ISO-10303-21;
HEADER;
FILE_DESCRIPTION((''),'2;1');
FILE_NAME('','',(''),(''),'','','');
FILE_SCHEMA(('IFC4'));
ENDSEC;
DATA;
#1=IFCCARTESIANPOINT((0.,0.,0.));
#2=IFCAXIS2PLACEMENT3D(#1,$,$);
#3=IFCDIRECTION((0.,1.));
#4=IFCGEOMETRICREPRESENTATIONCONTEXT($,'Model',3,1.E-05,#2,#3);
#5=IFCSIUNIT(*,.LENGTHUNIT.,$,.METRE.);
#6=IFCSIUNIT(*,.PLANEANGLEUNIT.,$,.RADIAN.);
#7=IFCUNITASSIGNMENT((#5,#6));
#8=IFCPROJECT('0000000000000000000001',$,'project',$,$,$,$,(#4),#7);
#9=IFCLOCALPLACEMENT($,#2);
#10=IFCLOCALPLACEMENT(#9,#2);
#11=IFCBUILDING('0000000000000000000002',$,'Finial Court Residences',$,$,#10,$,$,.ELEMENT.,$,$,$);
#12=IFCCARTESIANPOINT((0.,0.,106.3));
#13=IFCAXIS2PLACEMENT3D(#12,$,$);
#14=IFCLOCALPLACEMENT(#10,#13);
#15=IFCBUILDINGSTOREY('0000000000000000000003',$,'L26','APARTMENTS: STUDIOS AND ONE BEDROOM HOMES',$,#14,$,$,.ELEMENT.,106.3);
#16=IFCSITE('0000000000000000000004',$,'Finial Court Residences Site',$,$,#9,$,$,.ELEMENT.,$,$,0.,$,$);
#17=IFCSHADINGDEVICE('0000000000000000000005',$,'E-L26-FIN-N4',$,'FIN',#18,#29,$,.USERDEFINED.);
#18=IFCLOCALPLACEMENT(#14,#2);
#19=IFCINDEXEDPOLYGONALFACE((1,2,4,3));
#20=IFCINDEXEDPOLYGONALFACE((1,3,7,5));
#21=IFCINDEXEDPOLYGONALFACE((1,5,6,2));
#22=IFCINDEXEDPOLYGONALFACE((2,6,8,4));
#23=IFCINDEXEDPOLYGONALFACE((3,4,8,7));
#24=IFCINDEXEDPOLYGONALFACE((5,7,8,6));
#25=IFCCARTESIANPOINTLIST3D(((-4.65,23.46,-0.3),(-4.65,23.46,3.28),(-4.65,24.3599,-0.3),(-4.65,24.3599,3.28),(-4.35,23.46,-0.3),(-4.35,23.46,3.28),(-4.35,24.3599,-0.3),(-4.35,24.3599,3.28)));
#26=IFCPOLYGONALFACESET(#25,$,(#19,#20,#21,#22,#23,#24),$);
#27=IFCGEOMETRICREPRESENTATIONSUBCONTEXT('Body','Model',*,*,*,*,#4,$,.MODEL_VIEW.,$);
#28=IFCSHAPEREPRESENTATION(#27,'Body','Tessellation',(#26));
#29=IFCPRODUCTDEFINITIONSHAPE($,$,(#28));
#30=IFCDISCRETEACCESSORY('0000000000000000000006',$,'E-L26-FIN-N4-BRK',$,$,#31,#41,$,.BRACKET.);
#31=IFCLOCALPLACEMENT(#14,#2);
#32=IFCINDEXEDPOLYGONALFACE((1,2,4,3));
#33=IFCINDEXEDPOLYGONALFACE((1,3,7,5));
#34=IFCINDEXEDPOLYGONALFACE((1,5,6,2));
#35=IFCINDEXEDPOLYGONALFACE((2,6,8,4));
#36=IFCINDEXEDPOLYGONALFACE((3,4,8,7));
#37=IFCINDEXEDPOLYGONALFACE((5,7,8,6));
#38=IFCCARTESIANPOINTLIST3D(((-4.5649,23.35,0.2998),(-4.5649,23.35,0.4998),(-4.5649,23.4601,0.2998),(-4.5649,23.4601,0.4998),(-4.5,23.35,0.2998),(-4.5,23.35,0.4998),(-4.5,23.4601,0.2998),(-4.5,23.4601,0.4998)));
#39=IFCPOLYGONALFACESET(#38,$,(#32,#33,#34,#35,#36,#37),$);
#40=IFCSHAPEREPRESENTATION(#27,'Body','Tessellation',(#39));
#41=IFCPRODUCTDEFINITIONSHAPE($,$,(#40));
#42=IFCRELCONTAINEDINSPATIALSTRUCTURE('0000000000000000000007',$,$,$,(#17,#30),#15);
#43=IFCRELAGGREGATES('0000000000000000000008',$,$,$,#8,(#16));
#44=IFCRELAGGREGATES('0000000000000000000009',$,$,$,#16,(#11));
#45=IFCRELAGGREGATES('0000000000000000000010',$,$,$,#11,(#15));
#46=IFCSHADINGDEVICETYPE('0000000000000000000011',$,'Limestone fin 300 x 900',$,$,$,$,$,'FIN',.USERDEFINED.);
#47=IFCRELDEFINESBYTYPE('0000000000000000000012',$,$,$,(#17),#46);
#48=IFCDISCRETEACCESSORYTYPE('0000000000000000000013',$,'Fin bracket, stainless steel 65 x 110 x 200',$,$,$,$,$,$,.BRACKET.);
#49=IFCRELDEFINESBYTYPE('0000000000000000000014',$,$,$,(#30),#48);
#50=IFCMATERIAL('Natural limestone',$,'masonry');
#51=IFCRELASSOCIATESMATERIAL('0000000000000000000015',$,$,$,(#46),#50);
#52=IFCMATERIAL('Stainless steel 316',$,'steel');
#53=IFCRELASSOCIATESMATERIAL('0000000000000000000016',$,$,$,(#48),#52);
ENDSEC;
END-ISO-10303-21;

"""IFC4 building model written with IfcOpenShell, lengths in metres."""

from ifc_helpers import new_model, si_unit, direction, frame, origin, origin_2d, place, context, subcontext, project, spatial, rectangle, extrude, material, type_object, element, save


model = new_model("IFC4")

# Units and contexts
model_context = context("Model", 3, precision=1e-05, world=origin(), true_north=direction((0.0, 1.0)))
body_context = subcontext(model_context, "Body", "Model", "MODEL_VIEW")
ifc_project = project(units=[si_unit("LENGTHUNIT", "METRE"), si_unit("PLANEANGLEUNIT", "RADIAN")], contexts=[model_context])

# Site, building, storey
site_placement = place(None, origin())
site = spatial("IfcSite", under=ifc_project, at=site_placement, Name="Finial Court Residences Site", CompositionType="ELEMENT", RefElevation=0.0)
building_placement = place(site_placement, origin())
building = spatial("IfcBuilding", under=site, at=building_placement, Name="Finial Court Residences", CompositionType="ELEMENT")
storey_placement = place(building_placement, frame((0.0, 0.0, 106.3)))
storey = spatial("IfcBuildingStorey", under=building, at=storey_placement, Name="L26", Description="APARTMENTS: STUDIOS AND ONE BEDROOM HOMES", CompositionType="ELEMENT", Elevation=106.3)

# Shared definitions
ifc_material_1 = material(Name="Natural limestone", Category="masonry")

# Shading device
shading_device_type = type_object("IfcShadingDeviceType", Name="Limestone fin 300 x 900", ElementType="FIN", PredefinedType="USERDEFINED", material=ifc_material_1)
for number, where, z_axis, x_axis, name in (
    (1, (-4.5, 23.9099, -0.3), (0.0, 0.0, 1.0), (1.0, 0.0, 0.0), "E-L26-FIN-N4"),
):
    element("IfcShadingDevice", number, at=place(storey_placement, frame(where, z_axis=z_axis, x_axis=x_axis)), inside=storey, type_object=shading_device_type, Name=name, ObjectType="FIN", PredefinedType="USERDEFINED", context=body_context, shape_type="SweptSolid", body=[
        extrude(rectangle(XDim=0.3, YDim=0.8999, at=origin_2d()), origin(), (0.0, 0.0, 1.0), 3.5801),
    ])

# Discrete accessory
ifc_material_2 = material(Name="Stainless steel 316", Category="steel")
discrete_accessory_type = type_object("IfcDiscreteAccessoryType", Name="Fin bracket, stainless steel 65 x 110 x 200", PredefinedType="BRACKET", material=ifc_material_2)
discrete_accessory_placement = place(storey_placement, frame((-4.5325, 23.405, 0.2998), z_axis=(0.0, 0.0, 1.0), x_axis=(1.0, 0.0, 0.0)))
element("IfcDiscreteAccessory", 2, at=discrete_accessory_placement, inside=storey, type_object=discrete_accessory_type, Name="E-L26-FIN-N4-BRK", PredefinedType="BRACKET", context=body_context, shape_type="SweptSolid", body=[
    extrude(rectangle(XDim=0.0649, YDim=0.1101, at=origin_2d()), origin(), (0.0, 0.0, 1.0), 0.2),
])

save(model, "model.ifc")
